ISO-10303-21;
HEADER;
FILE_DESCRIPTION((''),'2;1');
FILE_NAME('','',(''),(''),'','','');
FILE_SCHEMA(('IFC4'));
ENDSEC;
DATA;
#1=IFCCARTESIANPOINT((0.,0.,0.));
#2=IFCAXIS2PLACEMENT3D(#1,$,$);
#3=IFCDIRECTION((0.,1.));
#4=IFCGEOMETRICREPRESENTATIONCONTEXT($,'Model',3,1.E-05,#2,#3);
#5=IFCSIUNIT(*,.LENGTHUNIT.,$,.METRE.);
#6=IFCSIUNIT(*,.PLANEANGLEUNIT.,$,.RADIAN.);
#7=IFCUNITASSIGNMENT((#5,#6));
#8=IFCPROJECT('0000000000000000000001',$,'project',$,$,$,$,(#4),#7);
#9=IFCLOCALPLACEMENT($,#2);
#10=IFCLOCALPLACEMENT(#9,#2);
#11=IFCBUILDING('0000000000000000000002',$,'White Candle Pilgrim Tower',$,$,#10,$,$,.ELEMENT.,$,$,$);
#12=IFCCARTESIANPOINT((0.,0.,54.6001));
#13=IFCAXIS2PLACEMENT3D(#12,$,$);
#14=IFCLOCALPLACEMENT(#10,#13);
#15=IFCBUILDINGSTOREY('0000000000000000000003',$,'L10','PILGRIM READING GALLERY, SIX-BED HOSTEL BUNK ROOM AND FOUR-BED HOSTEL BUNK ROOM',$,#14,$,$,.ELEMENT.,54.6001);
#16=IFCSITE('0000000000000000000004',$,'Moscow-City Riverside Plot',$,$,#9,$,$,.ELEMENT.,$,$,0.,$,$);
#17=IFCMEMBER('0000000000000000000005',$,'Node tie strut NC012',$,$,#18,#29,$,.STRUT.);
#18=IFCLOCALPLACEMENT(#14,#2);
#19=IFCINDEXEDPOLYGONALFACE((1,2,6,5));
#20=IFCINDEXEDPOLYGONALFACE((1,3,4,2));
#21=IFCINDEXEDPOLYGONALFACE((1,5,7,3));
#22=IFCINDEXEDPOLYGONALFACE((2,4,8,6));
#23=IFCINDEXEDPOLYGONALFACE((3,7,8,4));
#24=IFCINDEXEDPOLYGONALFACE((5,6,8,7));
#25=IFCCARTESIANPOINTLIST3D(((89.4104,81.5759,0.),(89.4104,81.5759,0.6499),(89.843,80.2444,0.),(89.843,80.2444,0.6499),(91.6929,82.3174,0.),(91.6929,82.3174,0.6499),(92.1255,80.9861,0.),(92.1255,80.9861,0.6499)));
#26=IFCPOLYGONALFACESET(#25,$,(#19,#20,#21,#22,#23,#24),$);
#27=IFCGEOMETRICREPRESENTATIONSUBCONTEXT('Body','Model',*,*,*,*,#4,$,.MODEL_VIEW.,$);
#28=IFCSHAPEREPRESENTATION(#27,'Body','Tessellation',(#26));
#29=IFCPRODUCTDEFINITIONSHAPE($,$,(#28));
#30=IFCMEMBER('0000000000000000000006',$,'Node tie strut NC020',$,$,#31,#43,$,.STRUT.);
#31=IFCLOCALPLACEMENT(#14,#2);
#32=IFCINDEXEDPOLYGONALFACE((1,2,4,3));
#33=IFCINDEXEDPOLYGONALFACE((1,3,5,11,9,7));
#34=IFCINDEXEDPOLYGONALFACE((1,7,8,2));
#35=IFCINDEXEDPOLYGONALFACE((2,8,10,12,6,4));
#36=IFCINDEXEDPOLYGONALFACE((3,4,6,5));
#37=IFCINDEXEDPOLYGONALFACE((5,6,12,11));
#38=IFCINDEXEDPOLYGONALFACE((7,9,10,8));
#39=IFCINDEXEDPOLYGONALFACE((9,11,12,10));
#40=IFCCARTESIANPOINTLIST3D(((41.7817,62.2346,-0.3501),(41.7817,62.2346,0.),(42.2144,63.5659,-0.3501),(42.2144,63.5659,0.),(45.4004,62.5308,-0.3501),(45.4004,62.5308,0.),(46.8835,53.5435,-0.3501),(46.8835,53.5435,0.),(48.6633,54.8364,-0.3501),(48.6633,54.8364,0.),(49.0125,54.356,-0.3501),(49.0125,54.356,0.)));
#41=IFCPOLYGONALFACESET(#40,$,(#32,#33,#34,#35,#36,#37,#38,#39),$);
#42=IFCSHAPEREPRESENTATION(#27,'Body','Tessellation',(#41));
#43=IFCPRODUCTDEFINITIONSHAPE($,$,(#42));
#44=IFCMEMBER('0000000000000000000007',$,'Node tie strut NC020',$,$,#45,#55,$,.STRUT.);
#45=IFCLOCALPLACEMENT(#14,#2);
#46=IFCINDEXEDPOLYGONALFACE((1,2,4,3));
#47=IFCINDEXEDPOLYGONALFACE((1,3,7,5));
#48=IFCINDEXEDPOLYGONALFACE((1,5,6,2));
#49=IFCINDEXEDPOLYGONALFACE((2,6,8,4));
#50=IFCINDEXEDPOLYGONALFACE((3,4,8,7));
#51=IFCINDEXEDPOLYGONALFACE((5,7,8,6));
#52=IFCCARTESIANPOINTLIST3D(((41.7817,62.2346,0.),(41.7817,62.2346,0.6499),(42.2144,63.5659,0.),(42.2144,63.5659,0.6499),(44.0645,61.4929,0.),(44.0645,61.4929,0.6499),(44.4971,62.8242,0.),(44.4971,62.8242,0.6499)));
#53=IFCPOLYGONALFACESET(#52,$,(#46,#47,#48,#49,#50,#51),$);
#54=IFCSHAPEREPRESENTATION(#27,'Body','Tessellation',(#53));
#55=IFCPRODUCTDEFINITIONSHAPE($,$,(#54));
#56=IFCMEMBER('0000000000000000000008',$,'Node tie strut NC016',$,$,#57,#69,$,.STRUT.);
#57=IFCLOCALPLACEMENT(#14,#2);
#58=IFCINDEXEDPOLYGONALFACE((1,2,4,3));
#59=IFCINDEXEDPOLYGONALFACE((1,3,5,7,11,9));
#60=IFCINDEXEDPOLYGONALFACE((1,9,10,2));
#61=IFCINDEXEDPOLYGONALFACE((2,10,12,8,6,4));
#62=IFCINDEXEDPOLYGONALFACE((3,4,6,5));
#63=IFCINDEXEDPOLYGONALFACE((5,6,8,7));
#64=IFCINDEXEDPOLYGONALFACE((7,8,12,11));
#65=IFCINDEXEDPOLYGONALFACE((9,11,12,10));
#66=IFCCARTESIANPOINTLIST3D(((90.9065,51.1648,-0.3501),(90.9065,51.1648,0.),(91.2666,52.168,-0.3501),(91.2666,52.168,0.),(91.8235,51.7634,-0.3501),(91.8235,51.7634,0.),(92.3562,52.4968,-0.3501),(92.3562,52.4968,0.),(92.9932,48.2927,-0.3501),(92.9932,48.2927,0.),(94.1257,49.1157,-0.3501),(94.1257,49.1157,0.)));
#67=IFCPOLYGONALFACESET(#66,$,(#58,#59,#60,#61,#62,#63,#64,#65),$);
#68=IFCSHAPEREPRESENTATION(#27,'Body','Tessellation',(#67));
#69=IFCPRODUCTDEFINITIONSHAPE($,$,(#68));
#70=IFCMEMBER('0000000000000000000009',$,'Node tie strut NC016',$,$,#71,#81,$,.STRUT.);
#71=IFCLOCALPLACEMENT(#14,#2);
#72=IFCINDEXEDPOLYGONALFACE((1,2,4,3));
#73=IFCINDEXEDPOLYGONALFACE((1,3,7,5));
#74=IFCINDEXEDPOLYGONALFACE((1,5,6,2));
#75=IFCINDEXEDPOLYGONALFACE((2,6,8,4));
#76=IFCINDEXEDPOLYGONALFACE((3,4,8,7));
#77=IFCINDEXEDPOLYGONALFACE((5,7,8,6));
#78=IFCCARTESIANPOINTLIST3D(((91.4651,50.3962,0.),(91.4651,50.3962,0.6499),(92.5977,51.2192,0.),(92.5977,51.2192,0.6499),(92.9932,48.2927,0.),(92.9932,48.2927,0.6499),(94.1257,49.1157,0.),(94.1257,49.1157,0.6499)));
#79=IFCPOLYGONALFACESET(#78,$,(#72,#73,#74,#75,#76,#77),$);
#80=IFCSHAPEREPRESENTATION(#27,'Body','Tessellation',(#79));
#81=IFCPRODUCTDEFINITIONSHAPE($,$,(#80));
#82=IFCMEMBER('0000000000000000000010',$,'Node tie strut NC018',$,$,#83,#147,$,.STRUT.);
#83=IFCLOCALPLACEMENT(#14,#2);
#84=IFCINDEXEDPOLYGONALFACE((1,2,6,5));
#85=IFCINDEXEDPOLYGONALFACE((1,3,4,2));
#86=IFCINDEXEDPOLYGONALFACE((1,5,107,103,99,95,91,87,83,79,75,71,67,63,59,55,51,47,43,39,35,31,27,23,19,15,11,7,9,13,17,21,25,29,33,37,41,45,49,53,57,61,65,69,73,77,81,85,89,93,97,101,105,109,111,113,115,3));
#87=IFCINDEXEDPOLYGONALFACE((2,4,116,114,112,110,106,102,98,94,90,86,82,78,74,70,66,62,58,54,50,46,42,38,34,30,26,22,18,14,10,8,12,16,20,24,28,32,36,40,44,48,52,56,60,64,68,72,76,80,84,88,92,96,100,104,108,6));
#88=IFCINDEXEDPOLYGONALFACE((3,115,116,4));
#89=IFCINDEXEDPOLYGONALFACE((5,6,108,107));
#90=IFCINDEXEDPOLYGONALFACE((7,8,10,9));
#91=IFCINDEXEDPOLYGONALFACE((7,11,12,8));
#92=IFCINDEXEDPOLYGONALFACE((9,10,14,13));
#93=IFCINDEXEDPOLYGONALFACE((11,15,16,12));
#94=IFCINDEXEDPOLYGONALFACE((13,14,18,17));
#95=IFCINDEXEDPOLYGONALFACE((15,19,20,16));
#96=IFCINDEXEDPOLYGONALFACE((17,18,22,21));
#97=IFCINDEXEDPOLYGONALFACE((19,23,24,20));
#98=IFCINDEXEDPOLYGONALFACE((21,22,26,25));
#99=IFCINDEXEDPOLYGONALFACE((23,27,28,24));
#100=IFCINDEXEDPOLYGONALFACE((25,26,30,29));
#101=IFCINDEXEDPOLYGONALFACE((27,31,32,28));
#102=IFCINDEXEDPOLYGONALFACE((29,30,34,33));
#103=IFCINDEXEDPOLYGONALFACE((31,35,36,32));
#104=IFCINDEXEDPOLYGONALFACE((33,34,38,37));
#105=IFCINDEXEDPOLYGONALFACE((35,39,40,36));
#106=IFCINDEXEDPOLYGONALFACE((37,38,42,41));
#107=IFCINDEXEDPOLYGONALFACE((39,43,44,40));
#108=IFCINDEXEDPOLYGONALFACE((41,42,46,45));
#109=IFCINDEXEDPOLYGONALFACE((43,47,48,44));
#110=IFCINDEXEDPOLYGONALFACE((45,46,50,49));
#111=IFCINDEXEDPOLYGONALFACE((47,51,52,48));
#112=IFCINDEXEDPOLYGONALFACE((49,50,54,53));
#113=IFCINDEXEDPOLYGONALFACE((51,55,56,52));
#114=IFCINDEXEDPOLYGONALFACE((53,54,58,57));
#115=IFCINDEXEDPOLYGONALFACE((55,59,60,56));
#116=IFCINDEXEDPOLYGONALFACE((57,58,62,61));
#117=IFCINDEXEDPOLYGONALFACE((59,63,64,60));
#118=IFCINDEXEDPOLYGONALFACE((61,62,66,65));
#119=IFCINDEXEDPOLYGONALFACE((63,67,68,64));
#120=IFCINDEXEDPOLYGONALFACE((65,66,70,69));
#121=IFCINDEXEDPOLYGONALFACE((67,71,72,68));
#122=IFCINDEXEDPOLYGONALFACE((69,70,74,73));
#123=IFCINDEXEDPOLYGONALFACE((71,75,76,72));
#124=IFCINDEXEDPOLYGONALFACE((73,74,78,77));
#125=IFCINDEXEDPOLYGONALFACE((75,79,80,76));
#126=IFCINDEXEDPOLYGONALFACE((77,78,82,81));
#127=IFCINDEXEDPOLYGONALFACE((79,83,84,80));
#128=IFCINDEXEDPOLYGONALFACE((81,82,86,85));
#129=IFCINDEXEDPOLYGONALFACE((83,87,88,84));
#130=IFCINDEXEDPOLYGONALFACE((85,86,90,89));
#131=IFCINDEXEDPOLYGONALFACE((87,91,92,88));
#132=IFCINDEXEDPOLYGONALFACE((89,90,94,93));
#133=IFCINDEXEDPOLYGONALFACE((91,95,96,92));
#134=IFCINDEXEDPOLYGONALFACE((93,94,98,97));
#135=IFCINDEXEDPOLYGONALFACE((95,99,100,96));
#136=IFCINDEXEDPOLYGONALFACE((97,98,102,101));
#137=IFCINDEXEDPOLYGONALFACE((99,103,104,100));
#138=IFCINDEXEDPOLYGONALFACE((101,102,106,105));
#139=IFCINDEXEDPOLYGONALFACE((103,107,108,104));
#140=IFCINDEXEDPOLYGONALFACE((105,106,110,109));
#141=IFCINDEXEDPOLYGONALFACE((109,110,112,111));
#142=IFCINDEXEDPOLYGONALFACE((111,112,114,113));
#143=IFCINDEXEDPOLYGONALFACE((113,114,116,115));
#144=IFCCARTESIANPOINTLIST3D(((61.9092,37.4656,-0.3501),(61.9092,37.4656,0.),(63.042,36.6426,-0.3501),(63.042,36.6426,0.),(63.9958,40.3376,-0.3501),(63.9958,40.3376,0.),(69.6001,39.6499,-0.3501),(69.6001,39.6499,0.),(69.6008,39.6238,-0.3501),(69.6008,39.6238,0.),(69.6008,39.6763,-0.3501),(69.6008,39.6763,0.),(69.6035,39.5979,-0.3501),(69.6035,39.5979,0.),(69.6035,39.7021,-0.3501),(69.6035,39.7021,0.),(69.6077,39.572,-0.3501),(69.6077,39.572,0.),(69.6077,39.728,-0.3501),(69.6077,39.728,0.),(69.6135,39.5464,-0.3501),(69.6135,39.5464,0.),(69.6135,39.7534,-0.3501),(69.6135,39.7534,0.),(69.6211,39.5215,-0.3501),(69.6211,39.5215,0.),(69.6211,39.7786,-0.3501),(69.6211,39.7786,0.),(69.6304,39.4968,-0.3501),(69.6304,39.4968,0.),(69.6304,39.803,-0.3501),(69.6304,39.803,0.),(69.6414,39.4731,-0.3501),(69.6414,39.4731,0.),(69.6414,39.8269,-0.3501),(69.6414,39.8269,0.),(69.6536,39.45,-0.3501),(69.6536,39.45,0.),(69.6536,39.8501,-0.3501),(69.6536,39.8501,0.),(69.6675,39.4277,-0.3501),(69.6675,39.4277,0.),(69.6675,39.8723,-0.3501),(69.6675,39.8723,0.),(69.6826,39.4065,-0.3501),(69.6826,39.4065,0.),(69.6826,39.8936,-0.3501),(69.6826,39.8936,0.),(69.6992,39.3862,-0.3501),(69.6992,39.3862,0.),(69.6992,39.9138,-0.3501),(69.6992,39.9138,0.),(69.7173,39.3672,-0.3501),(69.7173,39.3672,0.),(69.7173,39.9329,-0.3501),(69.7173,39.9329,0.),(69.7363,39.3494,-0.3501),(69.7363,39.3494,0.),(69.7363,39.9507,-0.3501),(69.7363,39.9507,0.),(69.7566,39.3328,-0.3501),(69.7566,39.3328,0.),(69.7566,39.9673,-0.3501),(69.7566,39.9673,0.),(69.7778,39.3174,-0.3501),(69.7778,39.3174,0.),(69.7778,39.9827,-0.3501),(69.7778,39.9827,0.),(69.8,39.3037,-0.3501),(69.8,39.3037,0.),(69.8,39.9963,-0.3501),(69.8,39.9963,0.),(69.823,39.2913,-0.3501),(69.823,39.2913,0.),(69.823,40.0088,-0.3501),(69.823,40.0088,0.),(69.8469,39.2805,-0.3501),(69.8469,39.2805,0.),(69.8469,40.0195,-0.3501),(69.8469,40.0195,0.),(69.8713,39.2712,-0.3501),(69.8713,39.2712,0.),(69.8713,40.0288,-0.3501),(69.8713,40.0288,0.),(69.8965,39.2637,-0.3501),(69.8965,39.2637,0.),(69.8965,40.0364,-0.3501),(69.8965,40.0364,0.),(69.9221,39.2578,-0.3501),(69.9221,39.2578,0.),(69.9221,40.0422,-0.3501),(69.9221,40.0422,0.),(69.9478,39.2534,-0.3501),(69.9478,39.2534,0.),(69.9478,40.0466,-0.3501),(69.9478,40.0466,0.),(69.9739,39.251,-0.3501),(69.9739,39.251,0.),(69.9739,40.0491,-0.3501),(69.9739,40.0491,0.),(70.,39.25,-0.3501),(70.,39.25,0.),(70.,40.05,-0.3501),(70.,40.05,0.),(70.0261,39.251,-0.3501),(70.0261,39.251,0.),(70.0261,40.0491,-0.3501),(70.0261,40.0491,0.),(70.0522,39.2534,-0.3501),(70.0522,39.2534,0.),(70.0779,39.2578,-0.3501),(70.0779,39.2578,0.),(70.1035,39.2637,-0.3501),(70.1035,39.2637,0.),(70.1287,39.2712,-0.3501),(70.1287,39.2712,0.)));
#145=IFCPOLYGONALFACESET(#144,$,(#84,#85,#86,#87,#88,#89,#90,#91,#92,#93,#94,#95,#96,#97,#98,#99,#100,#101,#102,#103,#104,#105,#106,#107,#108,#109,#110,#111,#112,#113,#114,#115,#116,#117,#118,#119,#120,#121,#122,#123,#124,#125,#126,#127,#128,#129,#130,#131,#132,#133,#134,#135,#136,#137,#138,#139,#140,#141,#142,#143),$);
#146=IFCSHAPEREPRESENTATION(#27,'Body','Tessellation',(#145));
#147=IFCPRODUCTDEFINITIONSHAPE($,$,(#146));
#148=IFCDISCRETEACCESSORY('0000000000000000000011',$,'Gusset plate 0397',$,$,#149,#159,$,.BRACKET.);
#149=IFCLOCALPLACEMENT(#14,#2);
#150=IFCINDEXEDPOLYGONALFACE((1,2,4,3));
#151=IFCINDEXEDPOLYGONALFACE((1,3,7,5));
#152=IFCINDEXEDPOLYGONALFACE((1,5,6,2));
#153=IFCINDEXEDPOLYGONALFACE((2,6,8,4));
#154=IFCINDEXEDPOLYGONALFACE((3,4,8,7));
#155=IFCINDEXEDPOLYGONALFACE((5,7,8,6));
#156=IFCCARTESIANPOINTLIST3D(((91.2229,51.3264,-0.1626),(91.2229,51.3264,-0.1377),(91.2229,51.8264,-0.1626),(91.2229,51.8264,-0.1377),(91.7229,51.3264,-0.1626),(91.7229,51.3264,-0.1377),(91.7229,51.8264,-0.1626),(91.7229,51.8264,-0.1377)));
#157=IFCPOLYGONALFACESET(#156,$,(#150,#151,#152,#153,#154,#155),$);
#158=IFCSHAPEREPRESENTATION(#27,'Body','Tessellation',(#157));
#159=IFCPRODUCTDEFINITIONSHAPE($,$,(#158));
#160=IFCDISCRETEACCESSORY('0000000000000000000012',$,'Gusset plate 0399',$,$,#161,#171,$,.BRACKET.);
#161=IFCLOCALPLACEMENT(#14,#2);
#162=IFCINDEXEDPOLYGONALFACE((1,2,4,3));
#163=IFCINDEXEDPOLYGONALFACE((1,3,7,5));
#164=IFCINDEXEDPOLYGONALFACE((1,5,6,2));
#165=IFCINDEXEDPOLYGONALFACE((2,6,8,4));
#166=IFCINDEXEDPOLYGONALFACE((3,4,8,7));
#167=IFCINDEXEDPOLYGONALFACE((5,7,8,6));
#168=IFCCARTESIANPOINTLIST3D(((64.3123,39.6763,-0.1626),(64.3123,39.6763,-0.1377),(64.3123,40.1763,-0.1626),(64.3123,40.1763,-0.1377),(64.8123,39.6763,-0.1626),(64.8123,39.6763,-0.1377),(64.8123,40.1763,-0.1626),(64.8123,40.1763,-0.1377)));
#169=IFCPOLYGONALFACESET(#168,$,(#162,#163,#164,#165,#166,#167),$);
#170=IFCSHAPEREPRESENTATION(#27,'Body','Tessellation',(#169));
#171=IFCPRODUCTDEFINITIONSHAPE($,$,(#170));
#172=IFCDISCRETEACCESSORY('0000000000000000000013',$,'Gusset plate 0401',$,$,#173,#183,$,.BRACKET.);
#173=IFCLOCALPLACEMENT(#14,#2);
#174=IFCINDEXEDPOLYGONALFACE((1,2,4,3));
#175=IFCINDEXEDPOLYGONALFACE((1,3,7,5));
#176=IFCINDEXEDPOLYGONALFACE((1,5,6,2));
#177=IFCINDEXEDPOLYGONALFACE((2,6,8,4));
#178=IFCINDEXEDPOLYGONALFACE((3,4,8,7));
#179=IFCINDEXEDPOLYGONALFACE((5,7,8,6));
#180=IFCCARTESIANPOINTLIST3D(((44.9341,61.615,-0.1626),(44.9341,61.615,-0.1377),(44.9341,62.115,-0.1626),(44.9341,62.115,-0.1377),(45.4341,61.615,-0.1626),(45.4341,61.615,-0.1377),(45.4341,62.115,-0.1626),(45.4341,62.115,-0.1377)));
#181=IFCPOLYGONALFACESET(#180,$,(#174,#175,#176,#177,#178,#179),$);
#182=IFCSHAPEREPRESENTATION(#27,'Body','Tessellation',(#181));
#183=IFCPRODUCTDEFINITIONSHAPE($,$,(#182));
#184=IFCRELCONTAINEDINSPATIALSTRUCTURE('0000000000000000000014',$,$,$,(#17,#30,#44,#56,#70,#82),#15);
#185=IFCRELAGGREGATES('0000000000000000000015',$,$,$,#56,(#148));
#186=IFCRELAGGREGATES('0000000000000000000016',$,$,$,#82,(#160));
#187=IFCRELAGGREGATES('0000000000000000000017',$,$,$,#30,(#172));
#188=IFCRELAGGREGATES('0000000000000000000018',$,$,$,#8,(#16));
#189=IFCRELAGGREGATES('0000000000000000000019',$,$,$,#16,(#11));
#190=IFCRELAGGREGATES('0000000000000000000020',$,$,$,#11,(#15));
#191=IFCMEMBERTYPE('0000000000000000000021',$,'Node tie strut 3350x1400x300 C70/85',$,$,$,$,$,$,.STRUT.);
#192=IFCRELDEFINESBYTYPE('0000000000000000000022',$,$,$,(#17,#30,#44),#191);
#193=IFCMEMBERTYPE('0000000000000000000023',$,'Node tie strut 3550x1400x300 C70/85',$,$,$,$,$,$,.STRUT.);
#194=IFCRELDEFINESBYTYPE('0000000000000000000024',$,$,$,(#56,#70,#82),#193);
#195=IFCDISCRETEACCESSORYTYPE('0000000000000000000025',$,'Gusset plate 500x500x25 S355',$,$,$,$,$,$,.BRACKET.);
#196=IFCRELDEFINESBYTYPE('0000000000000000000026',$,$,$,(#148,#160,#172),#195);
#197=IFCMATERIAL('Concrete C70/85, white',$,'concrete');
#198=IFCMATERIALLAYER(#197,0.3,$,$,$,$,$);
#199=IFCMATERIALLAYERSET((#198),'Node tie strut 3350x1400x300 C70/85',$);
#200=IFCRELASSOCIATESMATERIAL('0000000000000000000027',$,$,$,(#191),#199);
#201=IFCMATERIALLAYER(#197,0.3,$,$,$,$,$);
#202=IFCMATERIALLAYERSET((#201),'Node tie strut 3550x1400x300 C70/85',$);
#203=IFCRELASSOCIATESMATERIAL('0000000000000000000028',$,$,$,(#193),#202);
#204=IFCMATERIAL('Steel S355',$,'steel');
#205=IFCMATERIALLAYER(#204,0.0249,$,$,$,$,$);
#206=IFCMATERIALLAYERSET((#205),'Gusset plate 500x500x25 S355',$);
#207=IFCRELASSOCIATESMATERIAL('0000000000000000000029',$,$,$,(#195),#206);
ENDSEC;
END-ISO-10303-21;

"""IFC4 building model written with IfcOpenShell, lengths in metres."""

from ifc_helpers import new_model, si_unit, direction, frame, origin, origin_2d, place, context, subcontext, project, spatial, polyline, rectangle, outline, extrude, material, layer, layer_set, type_object, element, aggregate, save


model = new_model("IFC4")

# Units and contexts
model_context = context("Model", 3, precision=1e-05, world=origin(), true_north=direction((0.0, 1.0)))
body_context = subcontext(model_context, "Body", "Model", "MODEL_VIEW")
ifc_project = project(units=[si_unit("LENGTHUNIT", "METRE"), si_unit("PLANEANGLEUNIT", "RADIAN")], contexts=[model_context])

# Site, building, storey
site_placement = place(None, origin())
site = spatial("IfcSite", under=ifc_project, at=site_placement, Name="Moscow-City Riverside Plot", CompositionType="ELEMENT", RefElevation=0.0)
building_placement = place(site_placement, origin())
building = spatial("IfcBuilding", under=site, at=building_placement, Name="White Candle Pilgrim Tower", CompositionType="ELEMENT")
storey_placement = place(building_placement, frame((0.0, 0.0, 54.6001)))
storey = spatial("IfcBuildingStorey", under=building, at=storey_placement, Name="L10", Description="PILGRIM READING GALLERY, SIX-BED HOSTEL BUNK ROOM AND FOUR-BED HOSTEL BUNK ROOM", CompositionType="ELEMENT", Elevation=54.6001)

# Members
ifc_material_1 = material(Name="Concrete C70/85, white", Category="concrete")
ifc_layer_1 = layer(ifc_material_1, 0.3)
ifc_layer_set_1 = layer_set([ifc_layer_1], Name="Node tie strut 3350x1400x300 C70/85")
member_type_1 = type_object("IfcMemberType", Name="Node tie strut 3350x1400x300 C70/85", PredefinedType="STRUT", material=ifc_layer_set_1)
member_1_placement = place(storey_placement, origin())
element("IfcMember", 1, at=member_1_placement, inside=storey, type_object=member_type_1, Name="Node tie strut NC012", PredefinedType="STRUT", context=body_context, shape_type="SweptSolid", body=[
    extrude(outline(polyline([(89.843, 80.2444), (92.1255, 80.9861), (91.6929, 82.3174), (89.4104, 81.5759), (89.843, 80.2444)])), origin(), (0.0, 0.0, 1.0), 0.6499),
])
member_2_placement = place(storey_placement, frame((0.0, 0.0, -0.3501)))
member_2 = element("IfcMember", 2, at=member_2_placement, inside=storey, type_object=member_type_1, Name="Node tie strut NC020", PredefinedType="STRUT", context=body_context, shape_type="SweptSolid", body=[
    extrude(outline(polyline([(46.8835, 53.5435), (48.6633, 54.8364), (49.0125, 54.356), (45.4004, 62.5308), (42.2144, 63.5659), (41.7817, 62.2346), (46.8835, 53.5435)])), origin(), (0.0, 0.0, 1.0), 0.3501),
])
member_3_placement = place(storey_placement, origin())
element("IfcMember", 3, at=member_3_placement, inside=storey, type_object=member_type_1, Name="Node tie strut NC020", PredefinedType="STRUT", context=body_context, shape_type="SweptSolid", body=[
    extrude(outline(polyline([(44.0645, 61.4929), (44.4971, 62.8242), (42.2144, 63.5659), (41.7817, 62.2346), (44.0645, 61.4929)])), origin(), (0.0, 0.0, 1.0), 0.6499),
])
ifc_layer_2 = layer(ifc_material_1, 0.3)
ifc_layer_set_2 = layer_set([ifc_layer_2], Name="Node tie strut 3550x1400x300 C70/85")
member_type_2 = type_object("IfcMemberType", Name="Node tie strut 3550x1400x300 C70/85", PredefinedType="STRUT", material=ifc_layer_set_2)
member_4_placement = place(storey_placement, frame((0.0, 0.0, -0.3501)))
member_4 = element("IfcMember", 4, at=member_4_placement, inside=storey, type_object=member_type_2, Name="Node tie strut NC016", PredefinedType="STRUT", context=body_context, shape_type="SweptSolid", body=[
    extrude(outline(polyline([(92.9932, 48.2927), (94.1257, 49.1157), (92.3562, 52.4968), (91.8235, 51.7634), (91.2666, 52.168), (90.9065, 51.1648), (92.9932, 48.2927)])), origin(), (0.0, 0.0, 1.0), 0.3501),
])
member_5_placement = place(storey_placement, origin())
element("IfcMember", 5, at=member_5_placement, inside=storey, type_object=member_type_2, Name="Node tie strut NC016", PredefinedType="STRUT", context=body_context, shape_type="SweptSolid", body=[
    extrude(outline(polyline([(92.9932, 48.2927), (94.1257, 49.1157), (92.5977, 51.2192), (91.4651, 50.3962), (92.9932, 48.2927)])), origin(), (0.0, 0.0, 1.0), 0.6499),
])
member_6_placement = place(storey_placement, frame((0.0, 0.0, -0.3501)))
member_6 = element("IfcMember", 6, at=member_6_placement, inside=storey, type_object=member_type_2, Name="Node tie strut NC018", PredefinedType="STRUT", context=body_context, shape_type="SweptSolid", body=[
    extrude(outline(polyline([(63.042, 36.6426), (70.1287, 39.2712), (70.1035, 39.2637), (70.0779, 39.2578), (70.0522, 39.2534), (70.0261, 39.251), (70.0, 39.25), (69.9739, 39.251), (69.9478, 39.2534), (69.9221, 39.2578), (69.8965, 39.2637), (69.8713, 39.2712), (69.8469, 39.2805), (69.823, 39.2913), (69.8, 39.3037), (69.7778, 39.3174), (69.7566, 39.3328), (69.7363, 39.3494), (69.7173, 39.3672), (69.6992, 39.3862), (69.6826, 39.4065), (69.6675, 39.4277), (69.6536, 39.45), (69.6414, 39.4731), (69.6304, 39.4968), (69.6211, 39.5215), (69.6135, 39.5464), (69.6077, 39.572), (69.6035, 39.5979), (69.6008, 39.6238), (69.6001, 39.6499), (69.6008, 39.6763), (69.6035, 39.7021), (69.6077, 39.728), (69.6135, 39.7534), (69.6211, 39.7786), (69.6304, 39.803), (69.6414, 39.8269), (69.6536, 39.8501), (69.6675, 39.8723), (69.6826, 39.8936), (69.6992, 39.9138), (69.7173, 39.9329), (69.7363, 39.9507), (69.7566, 39.9673), (69.7778, 39.9827), (69.8, 39.9963), (69.823, 40.0088), (69.8469, 40.0195), (69.8713, 40.0288), (69.8965, 40.0364), (69.9221, 40.0422), (69.9478, 40.0466), (69.9739, 40.0491), (70.0, 40.05), (70.0261, 40.0491), (63.9958, 40.3376), (61.9092, 37.4656), (63.042, 36.6426)])), origin(), (0.0, 0.0, 1.0), 0.3501),
])

# Discrete accessories
ifc_material_2 = material(Name="Steel S355", Category="steel")
ifc_layer_3 = layer(ifc_material_2, 0.0249)
ifc_layer_set_3 = layer_set([ifc_layer_3], Name="Gusset plate 500x500x25 S355")
discrete_accessory_type = type_object("IfcDiscreteAccessoryType", Name="Gusset plate 500x500x25 S355", PredefinedType="BRACKET", material=ifc_layer_set_3)
discrete_accessory_1_placement = place(storey_placement, frame((91.4729, 51.5764, -0.1626), z_axis=(0.0, 0.0, 1.0), x_axis=(1.0, 0.0, 0.0)))
discrete_accessory_1 = element("IfcDiscreteAccessory", 7, at=discrete_accessory_1_placement, type_object=discrete_accessory_type, Name="Gusset plate 0397", PredefinedType="BRACKET", context=body_context, shape_type="SweptSolid", body=[
    extrude(rectangle(XDim=0.5, YDim=0.5, at=origin_2d()), origin(), (0.0, 0.0, 1.0), 0.0249),
])
aggregate(member_4, [discrete_accessory_1])
discrete_accessory_2_placement = place(storey_placement, frame((64.5623, 39.9263, -0.1626), z_axis=(0.0, 0.0, 1.0), x_axis=(1.0, 0.0, 0.0)))
discrete_accessory_2 = element("IfcDiscreteAccessory", 8, at=discrete_accessory_2_placement, type_object=discrete_accessory_type, Name="Gusset plate 0399", PredefinedType="BRACKET", context=body_context, shape_type="SweptSolid", body=[
    extrude(rectangle(XDim=0.5, YDim=0.5, at=origin_2d()), origin(), (0.0, 0.0, 1.0), 0.0249),
])
aggregate(member_6, [discrete_accessory_2])
discrete_accessory_3_placement = place(storey_placement, frame((45.1841, 61.865, -0.1626), z_axis=(0.0, 0.0, 1.0), x_axis=(1.0, 0.0, 0.0)))
discrete_accessory_3 = element("IfcDiscreteAccessory", 9, at=discrete_accessory_3_placement, type_object=discrete_accessory_type, Name="Gusset plate 0401", PredefinedType="BRACKET", context=body_context, shape_type="SweptSolid", body=[
    extrude(rectangle(XDim=0.5, YDim=0.5, at=origin_2d()), origin(), (0.0, 0.0, 1.0), 0.0249),
])
aggregate(member_2, [discrete_accessory_3])

save(model, "model.ifc")
